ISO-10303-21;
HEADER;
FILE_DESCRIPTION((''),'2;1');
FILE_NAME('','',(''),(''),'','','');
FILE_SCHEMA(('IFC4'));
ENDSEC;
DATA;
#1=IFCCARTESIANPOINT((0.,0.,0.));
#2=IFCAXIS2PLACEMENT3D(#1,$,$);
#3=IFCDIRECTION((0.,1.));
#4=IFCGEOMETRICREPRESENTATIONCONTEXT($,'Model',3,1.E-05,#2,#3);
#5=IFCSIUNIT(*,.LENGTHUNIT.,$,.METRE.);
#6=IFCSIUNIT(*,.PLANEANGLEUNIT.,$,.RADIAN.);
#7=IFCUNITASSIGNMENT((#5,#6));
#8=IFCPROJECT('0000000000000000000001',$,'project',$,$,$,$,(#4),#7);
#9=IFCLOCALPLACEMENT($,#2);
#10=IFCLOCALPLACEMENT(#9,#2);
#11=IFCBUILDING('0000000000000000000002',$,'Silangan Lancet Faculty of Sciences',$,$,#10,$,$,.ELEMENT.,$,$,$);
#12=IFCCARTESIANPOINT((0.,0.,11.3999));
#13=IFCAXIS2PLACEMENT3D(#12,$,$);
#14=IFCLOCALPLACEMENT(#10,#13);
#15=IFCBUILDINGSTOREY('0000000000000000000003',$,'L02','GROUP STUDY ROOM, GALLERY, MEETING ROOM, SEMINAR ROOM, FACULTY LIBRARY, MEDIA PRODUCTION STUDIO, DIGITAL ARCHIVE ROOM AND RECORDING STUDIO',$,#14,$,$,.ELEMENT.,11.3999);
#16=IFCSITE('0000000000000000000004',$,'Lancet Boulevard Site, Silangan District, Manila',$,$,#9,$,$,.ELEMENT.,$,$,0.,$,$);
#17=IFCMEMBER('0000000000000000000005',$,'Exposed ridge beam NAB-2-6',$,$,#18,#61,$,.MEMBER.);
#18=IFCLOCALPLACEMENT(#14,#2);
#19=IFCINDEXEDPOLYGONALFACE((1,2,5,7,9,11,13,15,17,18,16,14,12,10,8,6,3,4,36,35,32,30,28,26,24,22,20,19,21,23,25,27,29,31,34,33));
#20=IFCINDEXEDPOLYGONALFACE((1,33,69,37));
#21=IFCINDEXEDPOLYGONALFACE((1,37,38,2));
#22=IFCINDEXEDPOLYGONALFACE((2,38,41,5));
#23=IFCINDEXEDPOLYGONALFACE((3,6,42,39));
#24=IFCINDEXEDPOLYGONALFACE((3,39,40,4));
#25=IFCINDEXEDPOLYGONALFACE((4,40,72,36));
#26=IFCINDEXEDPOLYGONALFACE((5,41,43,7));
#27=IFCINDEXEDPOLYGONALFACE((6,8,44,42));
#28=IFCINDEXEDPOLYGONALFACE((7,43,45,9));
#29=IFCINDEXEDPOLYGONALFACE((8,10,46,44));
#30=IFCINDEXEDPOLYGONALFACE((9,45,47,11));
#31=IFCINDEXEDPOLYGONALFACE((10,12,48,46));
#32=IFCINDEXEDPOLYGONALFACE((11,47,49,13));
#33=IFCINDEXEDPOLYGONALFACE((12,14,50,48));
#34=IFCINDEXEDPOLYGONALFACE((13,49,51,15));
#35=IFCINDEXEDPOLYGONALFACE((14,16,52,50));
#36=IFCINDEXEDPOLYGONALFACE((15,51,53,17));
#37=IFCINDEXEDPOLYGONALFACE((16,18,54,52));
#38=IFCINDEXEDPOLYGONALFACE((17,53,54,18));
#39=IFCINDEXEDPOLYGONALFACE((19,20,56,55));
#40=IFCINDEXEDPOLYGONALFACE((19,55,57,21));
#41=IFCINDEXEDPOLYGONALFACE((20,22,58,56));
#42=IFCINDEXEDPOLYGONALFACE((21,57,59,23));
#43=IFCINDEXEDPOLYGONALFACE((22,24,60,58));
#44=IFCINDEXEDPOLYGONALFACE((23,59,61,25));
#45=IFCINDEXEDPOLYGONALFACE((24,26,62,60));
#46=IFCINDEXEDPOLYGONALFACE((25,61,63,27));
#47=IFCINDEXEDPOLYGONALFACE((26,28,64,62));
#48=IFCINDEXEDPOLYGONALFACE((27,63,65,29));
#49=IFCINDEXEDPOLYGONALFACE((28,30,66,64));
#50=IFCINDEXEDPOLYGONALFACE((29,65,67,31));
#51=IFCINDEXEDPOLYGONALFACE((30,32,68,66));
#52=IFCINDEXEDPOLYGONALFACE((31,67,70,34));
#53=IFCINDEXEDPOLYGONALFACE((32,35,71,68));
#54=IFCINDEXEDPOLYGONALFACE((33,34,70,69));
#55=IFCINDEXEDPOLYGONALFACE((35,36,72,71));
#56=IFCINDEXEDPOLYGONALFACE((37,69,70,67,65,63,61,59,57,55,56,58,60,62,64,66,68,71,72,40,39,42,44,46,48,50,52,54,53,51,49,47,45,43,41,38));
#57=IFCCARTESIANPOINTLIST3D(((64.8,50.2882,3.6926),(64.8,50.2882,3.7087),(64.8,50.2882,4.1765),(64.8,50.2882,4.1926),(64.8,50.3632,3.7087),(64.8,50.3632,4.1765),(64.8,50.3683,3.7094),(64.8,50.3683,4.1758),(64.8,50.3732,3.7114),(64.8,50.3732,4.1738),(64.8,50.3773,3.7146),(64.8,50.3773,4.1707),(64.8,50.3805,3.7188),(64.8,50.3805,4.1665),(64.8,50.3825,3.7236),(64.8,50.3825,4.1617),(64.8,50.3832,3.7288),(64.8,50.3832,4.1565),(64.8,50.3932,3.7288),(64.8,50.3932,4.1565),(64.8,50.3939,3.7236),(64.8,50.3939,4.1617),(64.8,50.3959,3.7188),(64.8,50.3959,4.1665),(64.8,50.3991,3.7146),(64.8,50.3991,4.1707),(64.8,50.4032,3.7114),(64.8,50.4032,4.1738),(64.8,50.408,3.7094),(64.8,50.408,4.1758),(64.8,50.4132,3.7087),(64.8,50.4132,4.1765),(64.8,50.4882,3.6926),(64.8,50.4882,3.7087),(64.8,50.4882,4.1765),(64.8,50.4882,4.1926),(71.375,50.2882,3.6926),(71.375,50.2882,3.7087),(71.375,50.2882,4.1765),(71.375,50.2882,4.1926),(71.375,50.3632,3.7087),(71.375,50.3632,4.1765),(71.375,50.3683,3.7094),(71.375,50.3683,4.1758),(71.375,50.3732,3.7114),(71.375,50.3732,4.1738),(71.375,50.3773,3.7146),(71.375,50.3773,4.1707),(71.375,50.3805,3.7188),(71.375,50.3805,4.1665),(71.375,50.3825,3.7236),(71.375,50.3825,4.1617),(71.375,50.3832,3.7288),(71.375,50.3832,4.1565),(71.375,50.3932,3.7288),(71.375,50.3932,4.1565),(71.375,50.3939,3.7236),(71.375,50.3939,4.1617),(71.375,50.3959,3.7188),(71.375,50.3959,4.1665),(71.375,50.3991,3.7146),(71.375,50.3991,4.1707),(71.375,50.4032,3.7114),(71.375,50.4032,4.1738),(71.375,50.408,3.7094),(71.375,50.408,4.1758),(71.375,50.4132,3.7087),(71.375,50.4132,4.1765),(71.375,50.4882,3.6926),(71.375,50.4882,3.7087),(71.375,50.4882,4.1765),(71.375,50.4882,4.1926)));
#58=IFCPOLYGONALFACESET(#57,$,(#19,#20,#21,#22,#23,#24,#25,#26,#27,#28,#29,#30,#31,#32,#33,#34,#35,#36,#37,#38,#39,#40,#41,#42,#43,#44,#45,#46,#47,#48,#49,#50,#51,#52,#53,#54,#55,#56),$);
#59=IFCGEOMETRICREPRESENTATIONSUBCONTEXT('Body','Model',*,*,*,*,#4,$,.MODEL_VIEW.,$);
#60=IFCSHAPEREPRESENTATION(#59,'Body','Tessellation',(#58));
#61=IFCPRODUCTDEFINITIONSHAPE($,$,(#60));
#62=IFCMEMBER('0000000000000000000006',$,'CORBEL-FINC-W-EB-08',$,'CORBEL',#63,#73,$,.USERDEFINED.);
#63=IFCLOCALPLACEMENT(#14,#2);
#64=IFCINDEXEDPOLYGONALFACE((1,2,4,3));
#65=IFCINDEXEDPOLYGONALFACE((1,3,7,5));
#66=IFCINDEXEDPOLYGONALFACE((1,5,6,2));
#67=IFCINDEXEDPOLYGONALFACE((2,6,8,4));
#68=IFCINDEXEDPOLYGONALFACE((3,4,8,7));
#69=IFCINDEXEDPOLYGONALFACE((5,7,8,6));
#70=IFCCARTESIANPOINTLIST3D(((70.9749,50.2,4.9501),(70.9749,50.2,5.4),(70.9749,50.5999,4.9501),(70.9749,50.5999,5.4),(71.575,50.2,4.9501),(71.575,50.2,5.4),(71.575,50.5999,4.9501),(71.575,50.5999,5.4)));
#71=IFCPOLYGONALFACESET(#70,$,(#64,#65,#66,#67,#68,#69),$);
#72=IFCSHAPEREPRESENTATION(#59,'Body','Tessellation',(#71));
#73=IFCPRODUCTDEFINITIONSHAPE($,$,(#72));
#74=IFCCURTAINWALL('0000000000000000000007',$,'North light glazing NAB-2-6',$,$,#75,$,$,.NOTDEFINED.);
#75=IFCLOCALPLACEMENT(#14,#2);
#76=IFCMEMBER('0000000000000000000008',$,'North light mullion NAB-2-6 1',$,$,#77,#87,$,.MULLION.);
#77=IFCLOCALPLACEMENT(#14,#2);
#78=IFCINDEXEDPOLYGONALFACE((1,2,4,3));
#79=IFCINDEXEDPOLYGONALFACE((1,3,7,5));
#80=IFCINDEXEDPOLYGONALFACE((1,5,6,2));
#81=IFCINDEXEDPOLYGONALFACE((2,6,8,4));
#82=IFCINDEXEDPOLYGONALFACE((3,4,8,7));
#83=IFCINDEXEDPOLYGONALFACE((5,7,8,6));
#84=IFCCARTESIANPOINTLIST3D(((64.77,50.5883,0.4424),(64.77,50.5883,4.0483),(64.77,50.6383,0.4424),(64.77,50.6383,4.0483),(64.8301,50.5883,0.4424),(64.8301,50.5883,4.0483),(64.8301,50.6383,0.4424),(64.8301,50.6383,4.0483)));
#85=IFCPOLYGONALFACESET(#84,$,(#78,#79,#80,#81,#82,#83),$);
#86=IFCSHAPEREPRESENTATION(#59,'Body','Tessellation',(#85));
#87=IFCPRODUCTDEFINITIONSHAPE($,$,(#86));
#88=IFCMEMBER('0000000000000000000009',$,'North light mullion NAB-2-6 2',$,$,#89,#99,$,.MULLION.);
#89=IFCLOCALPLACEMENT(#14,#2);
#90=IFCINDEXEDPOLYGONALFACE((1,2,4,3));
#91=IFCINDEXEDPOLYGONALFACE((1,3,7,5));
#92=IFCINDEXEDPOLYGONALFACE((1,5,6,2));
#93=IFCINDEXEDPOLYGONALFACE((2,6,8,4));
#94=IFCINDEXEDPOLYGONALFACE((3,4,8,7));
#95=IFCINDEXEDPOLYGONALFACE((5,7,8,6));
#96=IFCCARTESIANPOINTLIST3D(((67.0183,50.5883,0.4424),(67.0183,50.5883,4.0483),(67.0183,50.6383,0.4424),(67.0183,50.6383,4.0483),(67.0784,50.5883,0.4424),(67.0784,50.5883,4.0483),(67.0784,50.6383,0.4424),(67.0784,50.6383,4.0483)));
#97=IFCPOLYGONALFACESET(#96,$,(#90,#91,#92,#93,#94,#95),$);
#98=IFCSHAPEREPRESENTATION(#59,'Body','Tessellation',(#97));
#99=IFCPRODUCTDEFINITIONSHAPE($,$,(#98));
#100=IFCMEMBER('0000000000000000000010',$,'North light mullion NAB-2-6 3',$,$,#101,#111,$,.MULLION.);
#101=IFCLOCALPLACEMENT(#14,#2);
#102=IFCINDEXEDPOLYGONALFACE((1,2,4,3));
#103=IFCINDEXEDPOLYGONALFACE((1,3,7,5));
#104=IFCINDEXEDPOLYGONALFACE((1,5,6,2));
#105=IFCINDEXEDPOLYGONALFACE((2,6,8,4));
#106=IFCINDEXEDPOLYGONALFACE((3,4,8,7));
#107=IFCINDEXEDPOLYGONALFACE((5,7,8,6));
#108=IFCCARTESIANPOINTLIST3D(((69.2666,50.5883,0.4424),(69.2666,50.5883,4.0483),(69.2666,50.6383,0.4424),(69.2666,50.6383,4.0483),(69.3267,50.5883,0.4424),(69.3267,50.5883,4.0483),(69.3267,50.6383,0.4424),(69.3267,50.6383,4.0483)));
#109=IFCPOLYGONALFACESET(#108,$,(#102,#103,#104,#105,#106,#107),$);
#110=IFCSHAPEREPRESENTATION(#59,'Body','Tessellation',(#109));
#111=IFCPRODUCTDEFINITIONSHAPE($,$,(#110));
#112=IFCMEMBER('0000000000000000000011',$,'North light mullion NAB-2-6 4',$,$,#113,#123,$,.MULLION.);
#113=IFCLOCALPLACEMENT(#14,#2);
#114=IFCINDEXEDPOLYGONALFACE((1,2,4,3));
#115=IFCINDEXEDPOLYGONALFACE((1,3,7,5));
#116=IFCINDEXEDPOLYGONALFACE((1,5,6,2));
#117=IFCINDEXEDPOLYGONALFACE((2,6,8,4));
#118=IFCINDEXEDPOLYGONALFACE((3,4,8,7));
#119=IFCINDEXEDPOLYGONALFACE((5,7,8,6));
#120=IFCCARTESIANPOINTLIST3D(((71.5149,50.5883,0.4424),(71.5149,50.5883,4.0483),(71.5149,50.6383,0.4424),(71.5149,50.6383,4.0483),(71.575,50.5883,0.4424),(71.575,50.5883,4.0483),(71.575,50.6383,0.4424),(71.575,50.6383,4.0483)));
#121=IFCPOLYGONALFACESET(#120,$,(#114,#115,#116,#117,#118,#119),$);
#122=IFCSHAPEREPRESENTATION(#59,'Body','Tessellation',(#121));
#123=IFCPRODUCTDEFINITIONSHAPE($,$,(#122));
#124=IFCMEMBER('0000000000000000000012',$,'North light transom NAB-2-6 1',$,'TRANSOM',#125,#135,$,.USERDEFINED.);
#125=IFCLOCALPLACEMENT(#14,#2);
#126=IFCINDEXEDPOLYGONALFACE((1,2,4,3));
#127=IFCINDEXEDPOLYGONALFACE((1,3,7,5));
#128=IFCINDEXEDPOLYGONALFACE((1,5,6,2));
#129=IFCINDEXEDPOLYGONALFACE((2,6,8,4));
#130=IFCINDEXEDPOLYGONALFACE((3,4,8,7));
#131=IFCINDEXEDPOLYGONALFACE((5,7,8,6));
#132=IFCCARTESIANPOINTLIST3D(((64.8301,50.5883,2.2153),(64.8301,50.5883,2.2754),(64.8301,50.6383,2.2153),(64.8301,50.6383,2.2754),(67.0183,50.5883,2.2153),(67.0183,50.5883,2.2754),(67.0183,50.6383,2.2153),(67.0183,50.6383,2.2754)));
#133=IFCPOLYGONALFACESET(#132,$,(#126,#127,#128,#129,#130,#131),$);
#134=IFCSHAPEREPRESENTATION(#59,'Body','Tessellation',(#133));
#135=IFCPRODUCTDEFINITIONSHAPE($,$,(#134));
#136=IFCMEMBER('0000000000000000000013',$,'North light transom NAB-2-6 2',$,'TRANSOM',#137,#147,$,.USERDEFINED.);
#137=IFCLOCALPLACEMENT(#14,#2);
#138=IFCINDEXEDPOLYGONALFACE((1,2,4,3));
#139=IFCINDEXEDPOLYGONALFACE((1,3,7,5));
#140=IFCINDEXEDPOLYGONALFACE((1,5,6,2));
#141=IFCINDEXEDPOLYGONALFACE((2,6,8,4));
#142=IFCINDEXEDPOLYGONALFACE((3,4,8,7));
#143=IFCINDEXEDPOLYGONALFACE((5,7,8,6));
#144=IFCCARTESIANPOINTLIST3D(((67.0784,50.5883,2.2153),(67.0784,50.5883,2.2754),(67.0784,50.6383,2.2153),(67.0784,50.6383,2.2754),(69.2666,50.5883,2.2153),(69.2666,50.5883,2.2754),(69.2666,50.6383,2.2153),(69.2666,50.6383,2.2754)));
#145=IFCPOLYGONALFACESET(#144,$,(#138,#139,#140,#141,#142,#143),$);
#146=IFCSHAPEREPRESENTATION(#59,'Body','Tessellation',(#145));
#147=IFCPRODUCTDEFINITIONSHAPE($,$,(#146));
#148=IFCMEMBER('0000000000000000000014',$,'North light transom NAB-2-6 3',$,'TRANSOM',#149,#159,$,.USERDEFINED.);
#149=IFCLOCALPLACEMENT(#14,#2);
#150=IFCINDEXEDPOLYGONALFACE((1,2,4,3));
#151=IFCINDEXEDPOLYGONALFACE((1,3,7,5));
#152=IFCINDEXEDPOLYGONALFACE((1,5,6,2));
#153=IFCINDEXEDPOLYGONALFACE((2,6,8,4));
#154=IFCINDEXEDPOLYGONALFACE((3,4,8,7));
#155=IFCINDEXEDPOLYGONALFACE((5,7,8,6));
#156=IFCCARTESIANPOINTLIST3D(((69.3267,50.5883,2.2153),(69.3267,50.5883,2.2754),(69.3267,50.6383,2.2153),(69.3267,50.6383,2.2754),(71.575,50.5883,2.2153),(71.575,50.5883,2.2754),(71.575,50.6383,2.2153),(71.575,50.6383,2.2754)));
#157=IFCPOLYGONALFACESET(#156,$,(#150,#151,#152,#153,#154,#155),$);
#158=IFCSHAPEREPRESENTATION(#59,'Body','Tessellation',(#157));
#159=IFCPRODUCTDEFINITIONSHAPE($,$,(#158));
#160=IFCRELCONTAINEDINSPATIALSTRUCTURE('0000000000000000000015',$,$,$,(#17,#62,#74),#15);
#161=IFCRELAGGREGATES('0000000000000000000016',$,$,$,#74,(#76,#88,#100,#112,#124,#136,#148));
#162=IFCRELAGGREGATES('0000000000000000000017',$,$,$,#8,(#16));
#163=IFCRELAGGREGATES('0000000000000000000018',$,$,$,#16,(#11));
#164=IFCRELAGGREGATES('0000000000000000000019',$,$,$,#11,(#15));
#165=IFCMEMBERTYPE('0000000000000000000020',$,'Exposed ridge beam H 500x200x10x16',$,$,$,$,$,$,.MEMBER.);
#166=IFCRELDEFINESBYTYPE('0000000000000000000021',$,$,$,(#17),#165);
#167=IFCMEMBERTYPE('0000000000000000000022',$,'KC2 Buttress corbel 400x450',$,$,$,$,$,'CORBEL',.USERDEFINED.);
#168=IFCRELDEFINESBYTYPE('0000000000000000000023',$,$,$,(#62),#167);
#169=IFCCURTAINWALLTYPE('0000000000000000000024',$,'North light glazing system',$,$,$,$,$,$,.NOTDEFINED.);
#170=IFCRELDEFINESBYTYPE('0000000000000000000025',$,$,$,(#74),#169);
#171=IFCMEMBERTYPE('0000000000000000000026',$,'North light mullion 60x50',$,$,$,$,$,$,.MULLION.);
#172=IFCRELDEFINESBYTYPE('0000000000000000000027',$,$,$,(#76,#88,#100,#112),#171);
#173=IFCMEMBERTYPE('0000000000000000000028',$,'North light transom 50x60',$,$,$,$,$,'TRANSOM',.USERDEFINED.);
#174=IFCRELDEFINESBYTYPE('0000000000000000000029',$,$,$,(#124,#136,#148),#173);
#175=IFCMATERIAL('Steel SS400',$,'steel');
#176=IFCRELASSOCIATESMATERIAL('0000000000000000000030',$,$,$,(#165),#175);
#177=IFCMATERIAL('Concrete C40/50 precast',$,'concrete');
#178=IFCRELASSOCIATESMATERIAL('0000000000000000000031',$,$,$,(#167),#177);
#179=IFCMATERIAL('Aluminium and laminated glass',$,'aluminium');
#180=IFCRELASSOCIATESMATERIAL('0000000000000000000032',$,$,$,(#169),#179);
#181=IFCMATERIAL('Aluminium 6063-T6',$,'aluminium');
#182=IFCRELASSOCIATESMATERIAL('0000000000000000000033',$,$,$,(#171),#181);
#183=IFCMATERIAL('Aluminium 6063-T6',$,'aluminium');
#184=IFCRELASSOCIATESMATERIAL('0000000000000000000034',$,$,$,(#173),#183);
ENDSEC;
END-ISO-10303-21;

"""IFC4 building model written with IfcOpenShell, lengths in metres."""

from ifc_helpers import new_model, si_unit, direction, frame, origin, origin_2d, place, context, subcontext, project, spatial, rectangle, i_section, extrude, material, material_profile, profile_set, type_object, element, aggregate, save


model = new_model("IFC4")

# Units and contexts
model_context = context("Model", 3, precision=1e-05, world=origin(), true_north=direction((0.0, 1.0)))
body_context = subcontext(model_context, "Body", "Model", "MODEL_VIEW")
ifc_project = project(units=[si_unit("LENGTHUNIT", "METRE"), si_unit("PLANEANGLEUNIT", "RADIAN")], contexts=[model_context])

# Site, building, storey
site_placement = place(None, origin())
site = spatial("IfcSite", under=ifc_project, at=site_placement, Name="Lancet Boulevard Site, Silangan District, Manila", CompositionType="ELEMENT", RefElevation=0.0)
building_placement = place(site_placement, origin())
building = spatial("IfcBuilding", under=site, at=building_placement, Name="Silangan Lancet Faculty of Sciences", CompositionType="ELEMENT")
storey_placement = place(building_placement, frame((0.0, 0.0, 11.3999)))
storey = spatial("IfcBuildingStorey", under=building, at=storey_placement, Name="L02", Description="GROUP STUDY ROOM, GALLERY, MEETING ROOM, SEMINAR ROOM, FACULTY LIBRARY, MEDIA PRODUCTION STUDIO, DIGITAL ARCHIVE ROOM AND RECORDING STUDIO", CompositionType="ELEMENT", Elevation=11.3999)

# Members
ifc_material_1 = material(Name="Steel SS400", Category="steel")
ifc_material_profile_1 = material_profile(ifc_material_1, i_section(OverallWidth=0.2, OverallDepth=0.5, WebThickness=0.01, FlangeThickness=0.0161, FilletRadius=0.02, at=origin_2d()), Name="H 500x200x10x16")
ifc_profile_set_1 = profile_set([ifc_material_profile_1], Name="Steel SS400")
member_type_1 = type_object("IfcMemberType", Name="Exposed ridge beam H 500x200x10x16", PredefinedType="MEMBER", material=ifc_profile_set_1)
member_1_placement = place(storey_placement, frame((64.8, 50.3882, 3.9426), z_axis=(1.0, 0.0, 0.0), x_axis=(0.0, 1.0, 0.0)))
element("IfcMember", 1, at=member_1_placement, inside=storey, type_object=member_type_1, Name="Exposed ridge beam NAB-2-6", PredefinedType="MEMBER", context=body_context, shape_type="SweptSolid", body=[
    extrude(i_section(OverallWidth=0.2, OverallDepth=0.5, WebThickness=0.01, FlangeThickness=0.0161, FilletRadius=0.02, at=origin_2d()), origin(), (0.0, 0.0, 1.0), 6.575),
])
ifc_material_2 = material(Name="Concrete C40/50 precast", Category="concrete")
ifc_material_profile_2 = material_profile(ifc_material_2, rectangle(XDim=0.3999, YDim=0.45, at=origin_2d()), Name="RC 400x450")
ifc_profile_set_2 = profile_set([ifc_material_profile_2], Name="Concrete C40/50 precast")
member_type_2 = type_object("IfcMemberType", Name="KC2 Buttress corbel 400x450", ElementType="CORBEL", PredefinedType="USERDEFINED", material=ifc_profile_set_2)
member_2_placement = place(storey_placement, frame((71.575, 50.3999, 5.175), z_axis=(-1.0, 0.0, 0.0), x_axis=(0.0, -1.0, 0.0)))
element("IfcMember", 2, at=member_2_placement, inside=storey, type_object=member_type_2, Name="CORBEL-FINC-W-EB-08", ObjectType="CORBEL", PredefinedType="USERDEFINED", context=body_context, shape_type="SweptSolid", body=[
    extrude(rectangle(XDim=0.3999, YDim=0.45, at=origin_2d()), origin(), (0.0, 0.0, 1.0), 0.6001),
])

# Curtain wall, members
ifc_material_3 = material(Name="Aluminium and laminated glass", Category="aluminium")
curtain_wall_type = type_object("IfcCurtainWallType", Name="North light glazing system", PredefinedType="NOTDEFINED", material=ifc_material_3)
curtain_wall_placement = place(storey_placement, origin())
curtain_wall = element("IfcCurtainWall", 3, at=curtain_wall_placement, inside=storey, type_object=curtain_wall_type, Name="North light glazing NAB-2-6", PredefinedType="NOTDEFINED")
ifc_material_4 = material(Name="Aluminium 6063-T6", Category="aluminium")
ifc_material_profile_3 = material_profile(ifc_material_4, rectangle(XDim=0.0601, YDim=0.05, at=origin_2d()), Name="AL 60x50")
ifc_profile_set_3 = profile_set([ifc_material_profile_3], Name="Aluminium 6063-T6")
member_type_3 = type_object("IfcMemberType", Name="North light mullion 60x50", PredefinedType="MULLION", material=ifc_profile_set_3)
member_3_placement = place(storey_placement, frame((64.8, 50.6133, 0.4424), z_axis=(0.0, 0.0, 1.0), x_axis=(1.0, 0.0, 0.0)))
member_3 = element("IfcMember", 4, at=member_3_placement, type_object=member_type_3, Name="North light mullion NAB-2-6 1", PredefinedType="MULLION", context=body_context, shape_type="SweptSolid", body=[
    extrude(rectangle(XDim=0.0601, YDim=0.05, at=origin_2d()), origin(), (0.0, 0.0, 1.0), 3.606),
])
member_4_placement = place(storey_placement, frame((67.0483, 50.6133, 0.4424), z_axis=(0.0, 0.0, 1.0), x_axis=(1.0, 0.0, 0.0)))
member_4 = element("IfcMember", 5, at=member_4_placement, type_object=member_type_3, Name="North light mullion NAB-2-6 2", PredefinedType="MULLION", context=body_context, shape_type="SweptSolid", body=[
    extrude(rectangle(XDim=0.0601, YDim=0.05, at=origin_2d()), origin(), (0.0, 0.0, 1.0), 3.606),
])
member_5_placement = place(storey_placement, frame((69.2966, 50.6133, 0.4424), z_axis=(0.0, 0.0, 1.0), x_axis=(1.0, 0.0, 0.0)))
member_5 = element("IfcMember", 6, at=member_5_placement, type_object=member_type_3, Name="North light mullion NAB-2-6 3", PredefinedType="MULLION", context=body_context, shape_type="SweptSolid", body=[
    extrude(rectangle(XDim=0.0601, YDim=0.05, at=origin_2d()), origin(), (0.0, 0.0, 1.0), 3.606),
])
member_6_placement = place(storey_placement, frame((71.5449, 50.6133, 0.4424), z_axis=(0.0, 0.0, 1.0), x_axis=(1.0, 0.0, 0.0)))
member_6 = element("IfcMember", 7, at=member_6_placement, type_object=member_type_3, Name="North light mullion NAB-2-6 4", PredefinedType="MULLION", context=body_context, shape_type="SweptSolid", body=[
    extrude(rectangle(XDim=0.0601, YDim=0.05, at=origin_2d()), origin(), (0.0, 0.0, 1.0), 3.606),
])
ifc_material_5 = material(Name="Aluminium 6063-T6", Category="aluminium")
ifc_material_profile_4 = material_profile(ifc_material_5, rectangle(XDim=0.05, YDim=0.0601, at=origin_2d()), Name="AL 50x60")
ifc_profile_set_4 = profile_set([ifc_material_profile_4], Name="Aluminium 6063-T6")
member_type_4 = type_object("IfcMemberType", Name="North light transom 50x60", ElementType="TRANSOM", PredefinedType="USERDEFINED", material=ifc_profile_set_4)
member_7_placement = place(storey_placement, frame((64.8301, 50.6133, 2.2454), z_axis=(1.0, 0.0, 0.0), x_axis=(0.0, 1.0, 0.0)))
member_7 = element("IfcMember", 8, at=member_7_placement, type_object=member_type_4, Name="North light transom NAB-2-6 1", ObjectType="TRANSOM", PredefinedType="USERDEFINED", context=body_context, shape_type="SweptSolid", body=[
    extrude(rectangle(XDim=0.05, YDim=0.0601, at=origin_2d()), origin(), (0.0, 0.0, 1.0), 2.1882),
])
member_8_placement = place(storey_placement, frame((67.0784, 50.6133, 2.2454), z_axis=(1.0, 0.0, 0.0), x_axis=(0.0, 1.0, 0.0)))
member_8 = element("IfcMember", 9, at=member_8_placement, type_object=member_type_4, Name="North light transom NAB-2-6 2", ObjectType="TRANSOM", PredefinedType="USERDEFINED", context=body_context, shape_type="SweptSolid", body=[
    extrude(rectangle(XDim=0.05, YDim=0.0601, at=origin_2d()), origin(), (0.0, 0.0, 1.0), 2.1882),
])
member_9_placement = place(storey_placement, frame((69.3267, 50.6133, 2.2454), z_axis=(1.0, 0.0, 0.0), x_axis=(0.0, 1.0, 0.0)))
member_9 = element("IfcMember", 10, at=member_9_placement, type_object=member_type_4, Name="North light transom NAB-2-6 3", ObjectType="TRANSOM", PredefinedType="USERDEFINED", context=body_context, shape_type="SweptSolid", body=[
    extrude(rectangle(XDim=0.05, YDim=0.0601, at=origin_2d()), origin(), (0.0, 0.0, 1.0), 2.2483),
])

aggregate(curtain_wall, [member_3, member_4, member_5, member_6, member_7, member_8, member_9])

save(model, "model.ifc")
